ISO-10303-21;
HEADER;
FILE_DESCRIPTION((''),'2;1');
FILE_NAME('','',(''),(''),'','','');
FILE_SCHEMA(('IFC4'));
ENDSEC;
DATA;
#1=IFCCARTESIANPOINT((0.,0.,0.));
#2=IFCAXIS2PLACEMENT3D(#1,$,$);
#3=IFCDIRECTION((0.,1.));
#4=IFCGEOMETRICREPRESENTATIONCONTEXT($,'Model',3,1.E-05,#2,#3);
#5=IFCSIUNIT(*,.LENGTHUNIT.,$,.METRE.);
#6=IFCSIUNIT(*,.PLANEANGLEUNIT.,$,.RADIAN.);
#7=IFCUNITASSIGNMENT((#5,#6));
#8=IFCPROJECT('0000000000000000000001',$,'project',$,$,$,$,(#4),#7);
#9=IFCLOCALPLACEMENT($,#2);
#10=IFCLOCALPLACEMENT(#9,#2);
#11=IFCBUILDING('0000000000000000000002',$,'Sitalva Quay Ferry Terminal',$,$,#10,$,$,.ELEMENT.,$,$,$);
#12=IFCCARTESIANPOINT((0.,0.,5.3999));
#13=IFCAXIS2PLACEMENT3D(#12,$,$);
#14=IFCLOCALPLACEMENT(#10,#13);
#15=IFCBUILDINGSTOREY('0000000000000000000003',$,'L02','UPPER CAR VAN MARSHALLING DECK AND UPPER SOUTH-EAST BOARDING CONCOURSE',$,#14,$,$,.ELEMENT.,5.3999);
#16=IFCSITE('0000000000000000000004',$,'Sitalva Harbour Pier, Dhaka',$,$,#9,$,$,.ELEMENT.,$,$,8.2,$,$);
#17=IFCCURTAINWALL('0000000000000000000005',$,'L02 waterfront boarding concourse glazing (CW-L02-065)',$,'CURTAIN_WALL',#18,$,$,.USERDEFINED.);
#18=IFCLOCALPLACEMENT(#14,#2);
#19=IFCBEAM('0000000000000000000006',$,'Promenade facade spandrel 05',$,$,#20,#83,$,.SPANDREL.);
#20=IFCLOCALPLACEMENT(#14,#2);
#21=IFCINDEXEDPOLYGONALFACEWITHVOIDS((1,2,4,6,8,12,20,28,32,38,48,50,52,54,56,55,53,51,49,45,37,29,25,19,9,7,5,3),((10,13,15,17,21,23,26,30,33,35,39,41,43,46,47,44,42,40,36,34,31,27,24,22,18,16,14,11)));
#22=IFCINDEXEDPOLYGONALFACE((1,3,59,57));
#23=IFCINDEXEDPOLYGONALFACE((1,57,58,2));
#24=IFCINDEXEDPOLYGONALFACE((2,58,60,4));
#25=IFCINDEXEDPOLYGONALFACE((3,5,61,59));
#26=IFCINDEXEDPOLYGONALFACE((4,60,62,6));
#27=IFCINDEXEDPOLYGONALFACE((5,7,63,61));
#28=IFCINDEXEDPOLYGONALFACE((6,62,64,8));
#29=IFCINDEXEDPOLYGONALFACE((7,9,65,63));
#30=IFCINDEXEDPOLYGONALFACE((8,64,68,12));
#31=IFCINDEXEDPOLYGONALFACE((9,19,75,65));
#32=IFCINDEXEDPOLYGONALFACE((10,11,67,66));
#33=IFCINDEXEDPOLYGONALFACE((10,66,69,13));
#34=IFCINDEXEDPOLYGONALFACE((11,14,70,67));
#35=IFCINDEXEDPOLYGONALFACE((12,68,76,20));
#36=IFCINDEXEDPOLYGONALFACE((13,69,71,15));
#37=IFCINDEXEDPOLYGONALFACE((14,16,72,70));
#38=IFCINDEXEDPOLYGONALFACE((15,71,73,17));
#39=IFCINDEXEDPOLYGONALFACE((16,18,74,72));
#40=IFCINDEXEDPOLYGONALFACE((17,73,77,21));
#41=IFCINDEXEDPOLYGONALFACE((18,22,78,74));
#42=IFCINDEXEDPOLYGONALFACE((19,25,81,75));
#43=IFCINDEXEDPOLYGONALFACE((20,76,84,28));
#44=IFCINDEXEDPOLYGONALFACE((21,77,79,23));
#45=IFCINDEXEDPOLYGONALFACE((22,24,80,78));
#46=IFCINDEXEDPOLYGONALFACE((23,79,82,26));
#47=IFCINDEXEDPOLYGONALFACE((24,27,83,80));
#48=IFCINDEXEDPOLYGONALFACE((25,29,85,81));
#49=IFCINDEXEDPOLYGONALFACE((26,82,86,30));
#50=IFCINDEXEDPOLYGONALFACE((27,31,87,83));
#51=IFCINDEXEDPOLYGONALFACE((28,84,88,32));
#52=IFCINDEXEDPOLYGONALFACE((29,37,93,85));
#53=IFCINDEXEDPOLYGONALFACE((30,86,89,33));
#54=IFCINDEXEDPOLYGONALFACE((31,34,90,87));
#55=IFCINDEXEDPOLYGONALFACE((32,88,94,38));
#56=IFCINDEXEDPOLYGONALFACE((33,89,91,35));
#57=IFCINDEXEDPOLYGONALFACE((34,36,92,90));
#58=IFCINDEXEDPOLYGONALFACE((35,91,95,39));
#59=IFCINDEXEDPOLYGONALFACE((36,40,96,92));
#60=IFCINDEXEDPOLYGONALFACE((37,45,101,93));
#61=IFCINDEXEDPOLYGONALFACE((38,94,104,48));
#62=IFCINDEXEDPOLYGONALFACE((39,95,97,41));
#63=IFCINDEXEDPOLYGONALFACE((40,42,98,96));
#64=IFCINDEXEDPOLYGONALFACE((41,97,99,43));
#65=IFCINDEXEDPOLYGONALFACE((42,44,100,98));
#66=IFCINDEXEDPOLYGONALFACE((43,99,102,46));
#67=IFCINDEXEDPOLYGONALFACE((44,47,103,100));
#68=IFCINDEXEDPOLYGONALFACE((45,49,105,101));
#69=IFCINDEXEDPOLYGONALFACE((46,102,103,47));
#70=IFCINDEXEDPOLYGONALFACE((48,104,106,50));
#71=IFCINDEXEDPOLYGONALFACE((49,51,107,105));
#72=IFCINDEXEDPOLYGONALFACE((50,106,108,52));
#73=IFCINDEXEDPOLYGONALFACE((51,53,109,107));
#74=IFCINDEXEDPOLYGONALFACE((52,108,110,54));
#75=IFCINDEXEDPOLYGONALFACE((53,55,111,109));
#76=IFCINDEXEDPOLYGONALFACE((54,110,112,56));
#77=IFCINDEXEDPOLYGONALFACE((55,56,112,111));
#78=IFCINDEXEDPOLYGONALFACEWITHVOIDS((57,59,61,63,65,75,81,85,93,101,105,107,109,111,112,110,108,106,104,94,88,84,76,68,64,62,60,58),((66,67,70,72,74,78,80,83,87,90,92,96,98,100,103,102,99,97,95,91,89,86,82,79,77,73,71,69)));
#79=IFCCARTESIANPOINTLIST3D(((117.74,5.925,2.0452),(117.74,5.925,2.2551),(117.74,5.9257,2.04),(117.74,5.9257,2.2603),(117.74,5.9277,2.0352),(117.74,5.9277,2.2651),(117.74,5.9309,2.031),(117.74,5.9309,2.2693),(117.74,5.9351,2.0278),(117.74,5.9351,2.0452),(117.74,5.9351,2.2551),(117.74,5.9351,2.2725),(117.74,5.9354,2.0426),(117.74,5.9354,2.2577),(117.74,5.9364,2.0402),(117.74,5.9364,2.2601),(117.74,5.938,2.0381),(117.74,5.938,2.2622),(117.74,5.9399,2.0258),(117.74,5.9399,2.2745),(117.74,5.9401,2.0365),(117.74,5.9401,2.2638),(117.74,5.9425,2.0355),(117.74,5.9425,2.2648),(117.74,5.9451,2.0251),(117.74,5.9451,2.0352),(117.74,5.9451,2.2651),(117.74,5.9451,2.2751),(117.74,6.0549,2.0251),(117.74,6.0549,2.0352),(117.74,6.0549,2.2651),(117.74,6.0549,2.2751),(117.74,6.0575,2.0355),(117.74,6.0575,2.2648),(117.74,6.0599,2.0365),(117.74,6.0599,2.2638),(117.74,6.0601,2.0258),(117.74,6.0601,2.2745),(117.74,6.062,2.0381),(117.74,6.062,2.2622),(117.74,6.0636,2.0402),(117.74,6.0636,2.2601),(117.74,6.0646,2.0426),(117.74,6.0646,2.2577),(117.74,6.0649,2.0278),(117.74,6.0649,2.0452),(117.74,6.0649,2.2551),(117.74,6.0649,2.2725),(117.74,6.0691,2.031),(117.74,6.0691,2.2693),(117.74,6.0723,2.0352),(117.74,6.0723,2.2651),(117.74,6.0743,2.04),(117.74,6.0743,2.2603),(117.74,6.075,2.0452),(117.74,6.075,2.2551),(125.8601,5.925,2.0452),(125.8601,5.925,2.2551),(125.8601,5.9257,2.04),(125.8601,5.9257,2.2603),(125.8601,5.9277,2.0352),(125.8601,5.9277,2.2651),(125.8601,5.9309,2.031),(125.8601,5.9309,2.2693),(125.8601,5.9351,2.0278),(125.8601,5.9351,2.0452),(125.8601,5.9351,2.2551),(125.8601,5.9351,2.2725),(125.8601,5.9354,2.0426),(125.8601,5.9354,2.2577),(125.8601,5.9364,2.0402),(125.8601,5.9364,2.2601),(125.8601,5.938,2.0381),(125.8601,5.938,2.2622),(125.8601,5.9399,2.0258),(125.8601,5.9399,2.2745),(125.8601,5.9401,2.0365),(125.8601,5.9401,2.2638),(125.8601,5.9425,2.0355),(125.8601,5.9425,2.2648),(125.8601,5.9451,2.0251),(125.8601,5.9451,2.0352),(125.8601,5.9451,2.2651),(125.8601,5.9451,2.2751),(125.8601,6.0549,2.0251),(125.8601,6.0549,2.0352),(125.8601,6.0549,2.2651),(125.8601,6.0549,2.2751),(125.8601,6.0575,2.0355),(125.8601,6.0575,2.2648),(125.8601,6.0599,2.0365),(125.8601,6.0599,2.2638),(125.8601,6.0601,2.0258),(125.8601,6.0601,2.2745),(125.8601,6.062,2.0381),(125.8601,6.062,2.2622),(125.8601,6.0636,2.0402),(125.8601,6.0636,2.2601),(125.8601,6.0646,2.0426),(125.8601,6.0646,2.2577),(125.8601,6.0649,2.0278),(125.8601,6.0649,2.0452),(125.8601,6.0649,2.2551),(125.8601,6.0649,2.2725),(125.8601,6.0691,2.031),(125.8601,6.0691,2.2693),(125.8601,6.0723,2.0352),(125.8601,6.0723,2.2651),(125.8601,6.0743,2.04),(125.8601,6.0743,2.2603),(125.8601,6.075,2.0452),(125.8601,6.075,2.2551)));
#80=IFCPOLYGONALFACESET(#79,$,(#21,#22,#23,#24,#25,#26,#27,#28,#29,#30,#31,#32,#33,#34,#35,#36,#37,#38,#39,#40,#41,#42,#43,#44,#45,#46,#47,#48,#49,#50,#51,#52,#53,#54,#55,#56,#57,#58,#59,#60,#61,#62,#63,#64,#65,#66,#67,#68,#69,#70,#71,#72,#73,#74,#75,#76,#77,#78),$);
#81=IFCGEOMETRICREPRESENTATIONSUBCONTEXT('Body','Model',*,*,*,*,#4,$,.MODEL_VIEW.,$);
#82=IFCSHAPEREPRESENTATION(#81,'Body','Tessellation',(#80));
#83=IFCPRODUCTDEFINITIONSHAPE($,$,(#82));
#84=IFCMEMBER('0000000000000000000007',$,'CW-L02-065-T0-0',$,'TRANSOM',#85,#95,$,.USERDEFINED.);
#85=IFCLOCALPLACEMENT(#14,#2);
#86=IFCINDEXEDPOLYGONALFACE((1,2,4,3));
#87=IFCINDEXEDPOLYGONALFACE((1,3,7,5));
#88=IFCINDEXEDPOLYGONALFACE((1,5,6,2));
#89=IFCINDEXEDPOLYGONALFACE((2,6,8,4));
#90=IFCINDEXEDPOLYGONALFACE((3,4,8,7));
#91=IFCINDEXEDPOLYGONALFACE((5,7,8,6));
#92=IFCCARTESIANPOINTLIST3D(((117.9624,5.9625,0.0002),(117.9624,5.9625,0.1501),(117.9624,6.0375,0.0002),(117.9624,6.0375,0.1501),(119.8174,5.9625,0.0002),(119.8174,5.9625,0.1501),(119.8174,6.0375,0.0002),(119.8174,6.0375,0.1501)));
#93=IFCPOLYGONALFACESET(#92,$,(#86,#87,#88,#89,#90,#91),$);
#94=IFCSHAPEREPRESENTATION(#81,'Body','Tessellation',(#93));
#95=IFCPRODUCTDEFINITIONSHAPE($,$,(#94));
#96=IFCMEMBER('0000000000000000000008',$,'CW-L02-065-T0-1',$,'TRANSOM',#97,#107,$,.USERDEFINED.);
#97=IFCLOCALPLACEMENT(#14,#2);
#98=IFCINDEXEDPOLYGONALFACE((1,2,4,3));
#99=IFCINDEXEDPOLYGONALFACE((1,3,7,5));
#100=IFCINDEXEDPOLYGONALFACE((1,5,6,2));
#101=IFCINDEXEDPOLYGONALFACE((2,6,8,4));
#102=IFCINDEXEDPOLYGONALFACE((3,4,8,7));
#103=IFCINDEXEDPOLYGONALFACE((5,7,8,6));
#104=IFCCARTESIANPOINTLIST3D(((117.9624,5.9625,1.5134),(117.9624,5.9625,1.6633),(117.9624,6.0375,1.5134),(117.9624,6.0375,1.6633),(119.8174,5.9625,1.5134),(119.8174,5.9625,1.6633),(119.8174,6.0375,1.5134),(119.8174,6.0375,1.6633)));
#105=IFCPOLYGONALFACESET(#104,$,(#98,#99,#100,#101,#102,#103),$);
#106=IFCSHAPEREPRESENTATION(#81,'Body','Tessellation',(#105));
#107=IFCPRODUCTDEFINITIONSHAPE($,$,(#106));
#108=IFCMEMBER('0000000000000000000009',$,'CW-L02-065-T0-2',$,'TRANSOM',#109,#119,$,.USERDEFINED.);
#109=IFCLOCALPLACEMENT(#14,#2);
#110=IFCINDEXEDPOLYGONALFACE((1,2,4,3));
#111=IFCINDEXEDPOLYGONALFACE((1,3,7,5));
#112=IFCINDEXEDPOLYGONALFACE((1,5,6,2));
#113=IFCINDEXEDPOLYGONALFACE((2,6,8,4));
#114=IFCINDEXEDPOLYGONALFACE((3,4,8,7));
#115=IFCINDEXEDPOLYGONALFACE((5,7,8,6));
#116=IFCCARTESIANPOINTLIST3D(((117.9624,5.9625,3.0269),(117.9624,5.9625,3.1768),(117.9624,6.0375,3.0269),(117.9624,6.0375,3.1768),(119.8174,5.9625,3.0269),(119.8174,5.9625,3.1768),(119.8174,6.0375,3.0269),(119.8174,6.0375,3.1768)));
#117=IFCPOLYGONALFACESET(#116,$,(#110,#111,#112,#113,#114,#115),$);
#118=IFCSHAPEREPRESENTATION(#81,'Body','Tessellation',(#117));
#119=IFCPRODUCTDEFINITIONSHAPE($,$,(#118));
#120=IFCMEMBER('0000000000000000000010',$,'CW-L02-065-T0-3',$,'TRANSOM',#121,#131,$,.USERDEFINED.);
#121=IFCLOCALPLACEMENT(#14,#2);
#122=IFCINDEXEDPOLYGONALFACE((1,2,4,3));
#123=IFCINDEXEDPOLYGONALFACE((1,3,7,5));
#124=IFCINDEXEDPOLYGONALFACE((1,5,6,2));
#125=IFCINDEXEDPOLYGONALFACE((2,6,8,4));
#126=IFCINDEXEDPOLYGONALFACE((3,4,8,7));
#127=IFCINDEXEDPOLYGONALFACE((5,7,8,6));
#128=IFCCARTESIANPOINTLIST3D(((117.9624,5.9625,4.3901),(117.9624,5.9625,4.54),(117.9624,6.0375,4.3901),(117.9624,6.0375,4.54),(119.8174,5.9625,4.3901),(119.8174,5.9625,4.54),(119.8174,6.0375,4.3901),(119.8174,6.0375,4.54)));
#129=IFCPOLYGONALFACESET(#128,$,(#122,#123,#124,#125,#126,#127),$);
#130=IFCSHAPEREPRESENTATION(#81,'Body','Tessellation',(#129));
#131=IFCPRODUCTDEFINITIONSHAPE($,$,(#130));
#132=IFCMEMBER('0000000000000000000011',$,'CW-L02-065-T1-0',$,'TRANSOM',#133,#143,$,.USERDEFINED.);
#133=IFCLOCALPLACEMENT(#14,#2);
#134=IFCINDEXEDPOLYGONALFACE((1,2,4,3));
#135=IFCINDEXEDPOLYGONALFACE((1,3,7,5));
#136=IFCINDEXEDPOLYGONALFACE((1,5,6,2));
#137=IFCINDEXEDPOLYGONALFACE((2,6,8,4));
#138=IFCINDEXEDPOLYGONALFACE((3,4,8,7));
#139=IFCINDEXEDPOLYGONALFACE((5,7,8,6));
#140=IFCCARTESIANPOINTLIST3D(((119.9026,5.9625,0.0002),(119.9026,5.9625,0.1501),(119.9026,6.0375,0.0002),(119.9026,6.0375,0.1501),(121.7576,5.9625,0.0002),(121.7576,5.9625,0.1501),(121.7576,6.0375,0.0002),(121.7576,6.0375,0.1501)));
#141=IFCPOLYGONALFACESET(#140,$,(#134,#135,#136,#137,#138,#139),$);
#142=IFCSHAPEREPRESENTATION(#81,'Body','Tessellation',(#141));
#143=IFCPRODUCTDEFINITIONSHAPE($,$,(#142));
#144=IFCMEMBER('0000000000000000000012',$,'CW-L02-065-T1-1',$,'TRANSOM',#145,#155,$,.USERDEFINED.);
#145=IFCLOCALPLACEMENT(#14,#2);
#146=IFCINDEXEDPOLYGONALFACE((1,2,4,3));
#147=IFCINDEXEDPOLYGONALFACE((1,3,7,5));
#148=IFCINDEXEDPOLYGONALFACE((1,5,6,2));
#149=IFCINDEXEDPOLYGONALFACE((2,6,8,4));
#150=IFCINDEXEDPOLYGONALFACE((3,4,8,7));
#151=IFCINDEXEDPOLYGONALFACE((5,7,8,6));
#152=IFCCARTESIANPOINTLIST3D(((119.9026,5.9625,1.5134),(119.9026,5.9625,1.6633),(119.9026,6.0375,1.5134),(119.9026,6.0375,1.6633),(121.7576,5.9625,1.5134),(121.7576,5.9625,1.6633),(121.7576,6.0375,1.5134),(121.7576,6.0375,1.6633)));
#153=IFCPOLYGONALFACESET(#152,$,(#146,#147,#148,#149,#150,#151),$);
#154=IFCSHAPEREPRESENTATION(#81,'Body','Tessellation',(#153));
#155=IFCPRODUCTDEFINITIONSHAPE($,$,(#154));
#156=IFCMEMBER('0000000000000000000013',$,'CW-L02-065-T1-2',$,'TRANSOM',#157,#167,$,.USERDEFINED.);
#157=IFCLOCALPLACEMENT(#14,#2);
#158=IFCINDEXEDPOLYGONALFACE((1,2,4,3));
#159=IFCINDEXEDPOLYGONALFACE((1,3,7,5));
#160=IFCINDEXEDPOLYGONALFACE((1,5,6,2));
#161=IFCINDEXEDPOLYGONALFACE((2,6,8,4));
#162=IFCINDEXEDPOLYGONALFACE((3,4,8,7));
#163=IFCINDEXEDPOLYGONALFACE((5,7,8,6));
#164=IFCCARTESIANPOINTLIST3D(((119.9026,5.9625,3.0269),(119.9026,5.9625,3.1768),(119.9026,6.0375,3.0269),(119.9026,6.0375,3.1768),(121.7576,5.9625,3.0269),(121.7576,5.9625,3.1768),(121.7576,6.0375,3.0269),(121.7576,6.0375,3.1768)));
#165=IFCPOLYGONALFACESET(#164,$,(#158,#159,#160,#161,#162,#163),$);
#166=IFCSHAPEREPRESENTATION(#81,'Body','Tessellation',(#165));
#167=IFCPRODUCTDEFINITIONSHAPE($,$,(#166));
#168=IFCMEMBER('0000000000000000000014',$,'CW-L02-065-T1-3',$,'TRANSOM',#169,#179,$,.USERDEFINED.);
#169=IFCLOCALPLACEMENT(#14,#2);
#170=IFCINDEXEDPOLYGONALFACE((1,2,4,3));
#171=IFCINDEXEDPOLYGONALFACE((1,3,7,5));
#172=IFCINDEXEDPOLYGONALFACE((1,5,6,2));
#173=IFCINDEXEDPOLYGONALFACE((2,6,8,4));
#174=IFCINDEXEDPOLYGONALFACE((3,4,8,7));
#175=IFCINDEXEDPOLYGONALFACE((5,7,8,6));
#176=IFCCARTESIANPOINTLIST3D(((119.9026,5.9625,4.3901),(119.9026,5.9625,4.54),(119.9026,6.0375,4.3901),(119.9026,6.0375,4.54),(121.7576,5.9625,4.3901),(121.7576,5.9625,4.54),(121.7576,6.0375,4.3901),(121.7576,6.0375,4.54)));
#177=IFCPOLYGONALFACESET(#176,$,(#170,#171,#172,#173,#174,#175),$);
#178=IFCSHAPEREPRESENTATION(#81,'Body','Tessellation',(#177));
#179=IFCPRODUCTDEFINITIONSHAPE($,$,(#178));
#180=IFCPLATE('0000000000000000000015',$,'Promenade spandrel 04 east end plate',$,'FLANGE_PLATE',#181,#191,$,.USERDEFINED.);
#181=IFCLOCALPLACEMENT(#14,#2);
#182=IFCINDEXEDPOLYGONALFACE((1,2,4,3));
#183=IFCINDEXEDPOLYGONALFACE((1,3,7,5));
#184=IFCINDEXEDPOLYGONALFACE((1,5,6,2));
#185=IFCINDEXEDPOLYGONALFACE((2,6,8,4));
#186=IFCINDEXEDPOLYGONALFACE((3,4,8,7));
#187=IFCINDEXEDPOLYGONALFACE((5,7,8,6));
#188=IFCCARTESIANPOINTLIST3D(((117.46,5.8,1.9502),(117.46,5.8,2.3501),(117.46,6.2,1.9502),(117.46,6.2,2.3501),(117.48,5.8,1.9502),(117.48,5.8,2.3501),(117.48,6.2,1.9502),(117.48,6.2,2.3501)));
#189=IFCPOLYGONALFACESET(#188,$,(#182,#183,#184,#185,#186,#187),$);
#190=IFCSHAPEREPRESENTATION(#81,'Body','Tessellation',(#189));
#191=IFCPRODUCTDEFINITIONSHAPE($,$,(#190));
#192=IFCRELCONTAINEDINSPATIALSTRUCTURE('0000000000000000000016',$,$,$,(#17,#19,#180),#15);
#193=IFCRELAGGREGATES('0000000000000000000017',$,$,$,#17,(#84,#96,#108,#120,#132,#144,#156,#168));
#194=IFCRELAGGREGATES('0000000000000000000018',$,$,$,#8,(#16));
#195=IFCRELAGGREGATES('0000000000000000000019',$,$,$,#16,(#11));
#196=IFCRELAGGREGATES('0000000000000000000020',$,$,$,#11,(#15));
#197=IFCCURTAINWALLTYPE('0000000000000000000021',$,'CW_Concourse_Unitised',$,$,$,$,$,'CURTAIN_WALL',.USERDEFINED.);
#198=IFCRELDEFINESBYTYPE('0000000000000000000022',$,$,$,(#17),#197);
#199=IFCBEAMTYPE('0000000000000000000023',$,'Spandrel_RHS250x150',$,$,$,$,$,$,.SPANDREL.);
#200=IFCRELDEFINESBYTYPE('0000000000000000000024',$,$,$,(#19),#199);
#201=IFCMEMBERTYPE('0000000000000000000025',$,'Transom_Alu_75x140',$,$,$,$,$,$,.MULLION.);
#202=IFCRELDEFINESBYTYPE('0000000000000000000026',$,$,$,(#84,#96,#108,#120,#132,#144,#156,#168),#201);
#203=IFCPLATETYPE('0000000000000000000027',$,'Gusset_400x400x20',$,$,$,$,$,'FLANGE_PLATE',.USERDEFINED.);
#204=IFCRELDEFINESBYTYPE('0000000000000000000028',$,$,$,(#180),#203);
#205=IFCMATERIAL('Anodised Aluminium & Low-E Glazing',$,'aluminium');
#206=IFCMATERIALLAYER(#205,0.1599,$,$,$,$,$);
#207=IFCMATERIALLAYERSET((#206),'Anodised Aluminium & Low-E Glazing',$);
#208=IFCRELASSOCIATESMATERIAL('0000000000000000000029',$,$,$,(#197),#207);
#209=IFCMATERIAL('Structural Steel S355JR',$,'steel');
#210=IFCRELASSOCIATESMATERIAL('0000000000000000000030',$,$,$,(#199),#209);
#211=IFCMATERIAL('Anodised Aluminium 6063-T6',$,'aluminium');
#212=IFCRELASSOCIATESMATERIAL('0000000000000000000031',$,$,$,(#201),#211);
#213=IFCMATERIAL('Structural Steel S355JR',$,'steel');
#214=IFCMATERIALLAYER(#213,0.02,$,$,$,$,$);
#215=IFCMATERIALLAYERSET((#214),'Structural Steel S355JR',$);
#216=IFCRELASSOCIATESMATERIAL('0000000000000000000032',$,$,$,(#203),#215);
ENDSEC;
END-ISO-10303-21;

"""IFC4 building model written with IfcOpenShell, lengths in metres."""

from ifc_helpers import new_model, si_unit, direction, frame, origin, origin_2d, place, context, subcontext, project, spatial, rectangle, hollow_rectangle, extrude, material, layer, layer_set, material_profile, profile_set, type_object, element, aggregate, save


model = new_model("IFC4")

# Units and contexts
model_context = context("Model", 3, precision=1e-05, world=origin(), true_north=direction((0.0, 1.0)))
body_context = subcontext(model_context, "Body", "Model", "MODEL_VIEW")
ifc_project = project(units=[si_unit("LENGTHUNIT", "METRE"), si_unit("PLANEANGLEUNIT", "RADIAN")], contexts=[model_context])

# Site, building, storey
site_placement = place(None, origin())
site = spatial("IfcSite", under=ifc_project, at=site_placement, Name="Sitalva Harbour Pier, Dhaka", CompositionType="ELEMENT", RefElevation=8.2)
building_placement = place(site_placement, origin())
building = spatial("IfcBuilding", under=site, at=building_placement, Name="Sitalva Quay Ferry Terminal", CompositionType="ELEMENT")
storey_placement = place(building_placement, frame((0.0, 0.0, 5.3999)))
storey = spatial("IfcBuildingStorey", under=building, at=storey_placement, Name="L02", Description="UPPER CAR VAN MARSHALLING DECK AND UPPER SOUTH-EAST BOARDING CONCOURSE", CompositionType="ELEMENT", Elevation=5.3999)

# Curtain wall
ifc_material_1 = material(Name="Anodised Aluminium & Low-E Glazing", Category="aluminium")
ifc_layer_1 = layer(ifc_material_1, 0.1599)
ifc_layer_set_1 = layer_set([ifc_layer_1], Name="Anodised Aluminium & Low-E Glazing")
curtain_wall_type = type_object("IfcCurtainWallType", Name="CW_Concourse_Unitised", ElementType="CURTAIN_WALL", PredefinedType="USERDEFINED", material=ifc_layer_set_1)
curtain_wall_placement = place(storey_placement, origin())
curtain_wall = element("IfcCurtainWall", 1, at=curtain_wall_placement, inside=storey, type_object=curtain_wall_type, Name="L02 waterfront boarding concourse glazing (CW-L02-065)", ObjectType="CURTAIN_WALL", PredefinedType="USERDEFINED")

# Beam
ifc_material_2 = material(Name="Structural Steel S355JR", Category="steel")
ifc_material_profile_1 = material_profile(ifc_material_2, hollow_rectangle(XDim=0.1499, YDim=0.25, WallThickness=0.01, InnerFilletRadius=0.01, OuterFilletRadius=0.02, at=origin_2d()), Name="RHS250x150x10")
ifc_profile_set_1 = profile_set([ifc_material_profile_1], Name="Structural Steel S355JR")
beam_type_1 = type_object("IfcBeamType", Name="Spandrel_RHS250x150", PredefinedType="SPANDREL", material=ifc_profile_set_1)
beam_1_placement = place(storey_placement, frame((117.74, 6.0, 2.1501), z_axis=(1.0, 0.0, 0.0), x_axis=(0.0, 1.0, 0.0)))
element("IfcBeam", 2, at=beam_1_placement, inside=storey, type_object=beam_type_1, Name="Promenade facade spandrel 05", PredefinedType="SPANDREL", context=body_context, shape_type="SweptSolid", body=[
    extrude(hollow_rectangle(XDim=0.1499, YDim=0.25, WallThickness=0.01, InnerFilletRadius=0.01, OuterFilletRadius=0.02, at=origin_2d()), origin(), (0.0, 0.0, 1.0), 8.1201),
])

# Members
ifc_material_3 = material(Name="Anodised Aluminium 6063-T6", Category="aluminium")
ifc_material_profile_2 = material_profile(ifc_material_3, rectangle(XDim=0.075, YDim=0.1499, at=origin_2d()), Name="ALU75x150")
ifc_profile_set_2 = profile_set([ifc_material_profile_2], Name="Anodised Aluminium 6063-T6")
member_type_1 = type_object("IfcMemberType", Name="Transom_Alu_75x140", PredefinedType="MULLION", material=ifc_profile_set_2)
member_1_placement = place(storey_placement, frame((117.9624, 6.0, 0.0752), z_axis=(1.0, 0.0, 0.0), x_axis=(0.0, 1.0, 0.0)))
member_1 = element("IfcMember", 3, at=member_1_placement, type_object=member_type_1, Name="CW-L02-065-T0-0", ObjectType="TRANSOM", PredefinedType="USERDEFINED", context=body_context, shape_type="SweptSolid", body=[
    extrude(rectangle(XDim=0.075, YDim=0.1499, at=origin_2d()), origin(), (0.0, 0.0, 1.0), 1.855),
])
member_2_placement = place(storey_placement, frame((117.9624, 6.0, 1.5884), z_axis=(1.0, 0.0, 0.0), x_axis=(0.0, 1.0, 0.0)))
member_2 = element("IfcMember", 4, at=member_2_placement, type_object=member_type_1, Name="CW-L02-065-T0-1", ObjectType="TRANSOM", PredefinedType="USERDEFINED", context=body_context, shape_type="SweptSolid", body=[
    extrude(rectangle(XDim=0.075, YDim=0.1499, at=origin_2d()), origin(), (0.0, 0.0, 1.0), 1.855),
])
member_3_placement = place(storey_placement, frame((117.9624, 6.0, 3.1018), z_axis=(1.0, 0.0, 0.0), x_axis=(0.0, 1.0, 0.0)))
member_3 = element("IfcMember", 5, at=member_3_placement, type_object=member_type_1, Name="CW-L02-065-T0-2", ObjectType="TRANSOM", PredefinedType="USERDEFINED", context=body_context, shape_type="SweptSolid", body=[
    extrude(rectangle(XDim=0.075, YDim=0.1499, at=origin_2d()), origin(), (0.0, 0.0, 1.0), 1.855),
])
member_4_placement = place(storey_placement, frame((117.9624, 6.0, 4.4651), z_axis=(1.0, 0.0, 0.0), x_axis=(0.0, 1.0, 0.0)))
member_4 = element("IfcMember", 6, at=member_4_placement, type_object=member_type_1, Name="CW-L02-065-T0-3", ObjectType="TRANSOM", PredefinedType="USERDEFINED", context=body_context, shape_type="SweptSolid", body=[
    extrude(rectangle(XDim=0.075, YDim=0.1499, at=origin_2d()), origin(), (0.0, 0.0, 1.0), 1.855),
])
member_5_placement = place(storey_placement, frame((119.9026, 6.0, 0.0752), z_axis=(1.0, 0.0, 0.0), x_axis=(0.0, 1.0, 0.0)))
member_5 = element("IfcMember", 7, at=member_5_placement, type_object=member_type_1, Name="CW-L02-065-T1-0", ObjectType="TRANSOM", PredefinedType="USERDEFINED", context=body_context, shape_type="SweptSolid", body=[
    extrude(rectangle(XDim=0.075, YDim=0.1499, at=origin_2d()), origin(), (0.0, 0.0, 1.0), 1.855),
])
member_6_placement = place(storey_placement, frame((119.9026, 6.0, 1.5884), z_axis=(1.0, 0.0, 0.0), x_axis=(0.0, 1.0, 0.0)))
member_6 = element("IfcMember", 8, at=member_6_placement, type_object=member_type_1, Name="CW-L02-065-T1-1", ObjectType="TRANSOM", PredefinedType="USERDEFINED", context=body_context, shape_type="SweptSolid", body=[
    extrude(rectangle(XDim=0.075, YDim=0.1499, at=origin_2d()), origin(), (0.0, 0.0, 1.0), 1.855),
])
member_7_placement = place(storey_placement, frame((119.9026, 6.0, 3.1018), z_axis=(1.0, 0.0, 0.0), x_axis=(0.0, 1.0, 0.0)))
member_7 = element("IfcMember", 9, at=member_7_placement, type_object=member_type_1, Name="CW-L02-065-T1-2", ObjectType="TRANSOM", PredefinedType="USERDEFINED", context=body_context, shape_type="SweptSolid", body=[
    extrude(rectangle(XDim=0.075, YDim=0.1499, at=origin_2d()), origin(), (0.0, 0.0, 1.0), 1.855),
])
member_8_placement = place(storey_placement, frame((119.9026, 6.0, 4.4651), z_axis=(1.0, 0.0, 0.0), x_axis=(0.0, 1.0, 0.0)))
member_8 = element("IfcMember", 10, at=member_8_placement, type_object=member_type_1, Name="CW-L02-065-T1-3", ObjectType="TRANSOM", PredefinedType="USERDEFINED", context=body_context, shape_type="SweptSolid", body=[
    extrude(rectangle(XDim=0.075, YDim=0.1499, at=origin_2d()), origin(), (0.0, 0.0, 1.0), 1.855),
])

# Plate
ifc_material_4 = material(Name="Structural Steel S355JR", Category="steel")
ifc_layer_2 = layer(ifc_material_4, 0.02)
ifc_layer_set_2 = layer_set([ifc_layer_2], Name="Structural Steel S355JR")
plate_type_1 = type_object("IfcPlateType", Name="Gusset_400x400x20", ElementType="FLANGE_PLATE", PredefinedType="USERDEFINED", material=ifc_layer_set_2)
for number, where, z_axis, x_axis, name in (
    (11, (117.47, 6.0, 1.9502), (0.0, 0.0, 1.0), (1.0, 0.0, 0.0), "Promenade spandrel 04 east end plate"),
):
    element("IfcPlate", number, at=place(storey_placement, frame(where, z_axis=z_axis, x_axis=x_axis)), inside=storey, type_object=plate_type_1, Name=name, ObjectType="FLANGE_PLATE", PredefinedType="USERDEFINED", context=body_context, shape_type="SweptSolid", body=[
        extrude(rectangle(XDim=0.02, YDim=0.3999, at=origin_2d()), origin(), (0.0, 0.0, 1.0), 0.3999),
    ])

aggregate(curtain_wall, [member_1, member_2, member_3, member_4, member_5, member_6, member_7, member_8])

save(model, "model.ifc")
